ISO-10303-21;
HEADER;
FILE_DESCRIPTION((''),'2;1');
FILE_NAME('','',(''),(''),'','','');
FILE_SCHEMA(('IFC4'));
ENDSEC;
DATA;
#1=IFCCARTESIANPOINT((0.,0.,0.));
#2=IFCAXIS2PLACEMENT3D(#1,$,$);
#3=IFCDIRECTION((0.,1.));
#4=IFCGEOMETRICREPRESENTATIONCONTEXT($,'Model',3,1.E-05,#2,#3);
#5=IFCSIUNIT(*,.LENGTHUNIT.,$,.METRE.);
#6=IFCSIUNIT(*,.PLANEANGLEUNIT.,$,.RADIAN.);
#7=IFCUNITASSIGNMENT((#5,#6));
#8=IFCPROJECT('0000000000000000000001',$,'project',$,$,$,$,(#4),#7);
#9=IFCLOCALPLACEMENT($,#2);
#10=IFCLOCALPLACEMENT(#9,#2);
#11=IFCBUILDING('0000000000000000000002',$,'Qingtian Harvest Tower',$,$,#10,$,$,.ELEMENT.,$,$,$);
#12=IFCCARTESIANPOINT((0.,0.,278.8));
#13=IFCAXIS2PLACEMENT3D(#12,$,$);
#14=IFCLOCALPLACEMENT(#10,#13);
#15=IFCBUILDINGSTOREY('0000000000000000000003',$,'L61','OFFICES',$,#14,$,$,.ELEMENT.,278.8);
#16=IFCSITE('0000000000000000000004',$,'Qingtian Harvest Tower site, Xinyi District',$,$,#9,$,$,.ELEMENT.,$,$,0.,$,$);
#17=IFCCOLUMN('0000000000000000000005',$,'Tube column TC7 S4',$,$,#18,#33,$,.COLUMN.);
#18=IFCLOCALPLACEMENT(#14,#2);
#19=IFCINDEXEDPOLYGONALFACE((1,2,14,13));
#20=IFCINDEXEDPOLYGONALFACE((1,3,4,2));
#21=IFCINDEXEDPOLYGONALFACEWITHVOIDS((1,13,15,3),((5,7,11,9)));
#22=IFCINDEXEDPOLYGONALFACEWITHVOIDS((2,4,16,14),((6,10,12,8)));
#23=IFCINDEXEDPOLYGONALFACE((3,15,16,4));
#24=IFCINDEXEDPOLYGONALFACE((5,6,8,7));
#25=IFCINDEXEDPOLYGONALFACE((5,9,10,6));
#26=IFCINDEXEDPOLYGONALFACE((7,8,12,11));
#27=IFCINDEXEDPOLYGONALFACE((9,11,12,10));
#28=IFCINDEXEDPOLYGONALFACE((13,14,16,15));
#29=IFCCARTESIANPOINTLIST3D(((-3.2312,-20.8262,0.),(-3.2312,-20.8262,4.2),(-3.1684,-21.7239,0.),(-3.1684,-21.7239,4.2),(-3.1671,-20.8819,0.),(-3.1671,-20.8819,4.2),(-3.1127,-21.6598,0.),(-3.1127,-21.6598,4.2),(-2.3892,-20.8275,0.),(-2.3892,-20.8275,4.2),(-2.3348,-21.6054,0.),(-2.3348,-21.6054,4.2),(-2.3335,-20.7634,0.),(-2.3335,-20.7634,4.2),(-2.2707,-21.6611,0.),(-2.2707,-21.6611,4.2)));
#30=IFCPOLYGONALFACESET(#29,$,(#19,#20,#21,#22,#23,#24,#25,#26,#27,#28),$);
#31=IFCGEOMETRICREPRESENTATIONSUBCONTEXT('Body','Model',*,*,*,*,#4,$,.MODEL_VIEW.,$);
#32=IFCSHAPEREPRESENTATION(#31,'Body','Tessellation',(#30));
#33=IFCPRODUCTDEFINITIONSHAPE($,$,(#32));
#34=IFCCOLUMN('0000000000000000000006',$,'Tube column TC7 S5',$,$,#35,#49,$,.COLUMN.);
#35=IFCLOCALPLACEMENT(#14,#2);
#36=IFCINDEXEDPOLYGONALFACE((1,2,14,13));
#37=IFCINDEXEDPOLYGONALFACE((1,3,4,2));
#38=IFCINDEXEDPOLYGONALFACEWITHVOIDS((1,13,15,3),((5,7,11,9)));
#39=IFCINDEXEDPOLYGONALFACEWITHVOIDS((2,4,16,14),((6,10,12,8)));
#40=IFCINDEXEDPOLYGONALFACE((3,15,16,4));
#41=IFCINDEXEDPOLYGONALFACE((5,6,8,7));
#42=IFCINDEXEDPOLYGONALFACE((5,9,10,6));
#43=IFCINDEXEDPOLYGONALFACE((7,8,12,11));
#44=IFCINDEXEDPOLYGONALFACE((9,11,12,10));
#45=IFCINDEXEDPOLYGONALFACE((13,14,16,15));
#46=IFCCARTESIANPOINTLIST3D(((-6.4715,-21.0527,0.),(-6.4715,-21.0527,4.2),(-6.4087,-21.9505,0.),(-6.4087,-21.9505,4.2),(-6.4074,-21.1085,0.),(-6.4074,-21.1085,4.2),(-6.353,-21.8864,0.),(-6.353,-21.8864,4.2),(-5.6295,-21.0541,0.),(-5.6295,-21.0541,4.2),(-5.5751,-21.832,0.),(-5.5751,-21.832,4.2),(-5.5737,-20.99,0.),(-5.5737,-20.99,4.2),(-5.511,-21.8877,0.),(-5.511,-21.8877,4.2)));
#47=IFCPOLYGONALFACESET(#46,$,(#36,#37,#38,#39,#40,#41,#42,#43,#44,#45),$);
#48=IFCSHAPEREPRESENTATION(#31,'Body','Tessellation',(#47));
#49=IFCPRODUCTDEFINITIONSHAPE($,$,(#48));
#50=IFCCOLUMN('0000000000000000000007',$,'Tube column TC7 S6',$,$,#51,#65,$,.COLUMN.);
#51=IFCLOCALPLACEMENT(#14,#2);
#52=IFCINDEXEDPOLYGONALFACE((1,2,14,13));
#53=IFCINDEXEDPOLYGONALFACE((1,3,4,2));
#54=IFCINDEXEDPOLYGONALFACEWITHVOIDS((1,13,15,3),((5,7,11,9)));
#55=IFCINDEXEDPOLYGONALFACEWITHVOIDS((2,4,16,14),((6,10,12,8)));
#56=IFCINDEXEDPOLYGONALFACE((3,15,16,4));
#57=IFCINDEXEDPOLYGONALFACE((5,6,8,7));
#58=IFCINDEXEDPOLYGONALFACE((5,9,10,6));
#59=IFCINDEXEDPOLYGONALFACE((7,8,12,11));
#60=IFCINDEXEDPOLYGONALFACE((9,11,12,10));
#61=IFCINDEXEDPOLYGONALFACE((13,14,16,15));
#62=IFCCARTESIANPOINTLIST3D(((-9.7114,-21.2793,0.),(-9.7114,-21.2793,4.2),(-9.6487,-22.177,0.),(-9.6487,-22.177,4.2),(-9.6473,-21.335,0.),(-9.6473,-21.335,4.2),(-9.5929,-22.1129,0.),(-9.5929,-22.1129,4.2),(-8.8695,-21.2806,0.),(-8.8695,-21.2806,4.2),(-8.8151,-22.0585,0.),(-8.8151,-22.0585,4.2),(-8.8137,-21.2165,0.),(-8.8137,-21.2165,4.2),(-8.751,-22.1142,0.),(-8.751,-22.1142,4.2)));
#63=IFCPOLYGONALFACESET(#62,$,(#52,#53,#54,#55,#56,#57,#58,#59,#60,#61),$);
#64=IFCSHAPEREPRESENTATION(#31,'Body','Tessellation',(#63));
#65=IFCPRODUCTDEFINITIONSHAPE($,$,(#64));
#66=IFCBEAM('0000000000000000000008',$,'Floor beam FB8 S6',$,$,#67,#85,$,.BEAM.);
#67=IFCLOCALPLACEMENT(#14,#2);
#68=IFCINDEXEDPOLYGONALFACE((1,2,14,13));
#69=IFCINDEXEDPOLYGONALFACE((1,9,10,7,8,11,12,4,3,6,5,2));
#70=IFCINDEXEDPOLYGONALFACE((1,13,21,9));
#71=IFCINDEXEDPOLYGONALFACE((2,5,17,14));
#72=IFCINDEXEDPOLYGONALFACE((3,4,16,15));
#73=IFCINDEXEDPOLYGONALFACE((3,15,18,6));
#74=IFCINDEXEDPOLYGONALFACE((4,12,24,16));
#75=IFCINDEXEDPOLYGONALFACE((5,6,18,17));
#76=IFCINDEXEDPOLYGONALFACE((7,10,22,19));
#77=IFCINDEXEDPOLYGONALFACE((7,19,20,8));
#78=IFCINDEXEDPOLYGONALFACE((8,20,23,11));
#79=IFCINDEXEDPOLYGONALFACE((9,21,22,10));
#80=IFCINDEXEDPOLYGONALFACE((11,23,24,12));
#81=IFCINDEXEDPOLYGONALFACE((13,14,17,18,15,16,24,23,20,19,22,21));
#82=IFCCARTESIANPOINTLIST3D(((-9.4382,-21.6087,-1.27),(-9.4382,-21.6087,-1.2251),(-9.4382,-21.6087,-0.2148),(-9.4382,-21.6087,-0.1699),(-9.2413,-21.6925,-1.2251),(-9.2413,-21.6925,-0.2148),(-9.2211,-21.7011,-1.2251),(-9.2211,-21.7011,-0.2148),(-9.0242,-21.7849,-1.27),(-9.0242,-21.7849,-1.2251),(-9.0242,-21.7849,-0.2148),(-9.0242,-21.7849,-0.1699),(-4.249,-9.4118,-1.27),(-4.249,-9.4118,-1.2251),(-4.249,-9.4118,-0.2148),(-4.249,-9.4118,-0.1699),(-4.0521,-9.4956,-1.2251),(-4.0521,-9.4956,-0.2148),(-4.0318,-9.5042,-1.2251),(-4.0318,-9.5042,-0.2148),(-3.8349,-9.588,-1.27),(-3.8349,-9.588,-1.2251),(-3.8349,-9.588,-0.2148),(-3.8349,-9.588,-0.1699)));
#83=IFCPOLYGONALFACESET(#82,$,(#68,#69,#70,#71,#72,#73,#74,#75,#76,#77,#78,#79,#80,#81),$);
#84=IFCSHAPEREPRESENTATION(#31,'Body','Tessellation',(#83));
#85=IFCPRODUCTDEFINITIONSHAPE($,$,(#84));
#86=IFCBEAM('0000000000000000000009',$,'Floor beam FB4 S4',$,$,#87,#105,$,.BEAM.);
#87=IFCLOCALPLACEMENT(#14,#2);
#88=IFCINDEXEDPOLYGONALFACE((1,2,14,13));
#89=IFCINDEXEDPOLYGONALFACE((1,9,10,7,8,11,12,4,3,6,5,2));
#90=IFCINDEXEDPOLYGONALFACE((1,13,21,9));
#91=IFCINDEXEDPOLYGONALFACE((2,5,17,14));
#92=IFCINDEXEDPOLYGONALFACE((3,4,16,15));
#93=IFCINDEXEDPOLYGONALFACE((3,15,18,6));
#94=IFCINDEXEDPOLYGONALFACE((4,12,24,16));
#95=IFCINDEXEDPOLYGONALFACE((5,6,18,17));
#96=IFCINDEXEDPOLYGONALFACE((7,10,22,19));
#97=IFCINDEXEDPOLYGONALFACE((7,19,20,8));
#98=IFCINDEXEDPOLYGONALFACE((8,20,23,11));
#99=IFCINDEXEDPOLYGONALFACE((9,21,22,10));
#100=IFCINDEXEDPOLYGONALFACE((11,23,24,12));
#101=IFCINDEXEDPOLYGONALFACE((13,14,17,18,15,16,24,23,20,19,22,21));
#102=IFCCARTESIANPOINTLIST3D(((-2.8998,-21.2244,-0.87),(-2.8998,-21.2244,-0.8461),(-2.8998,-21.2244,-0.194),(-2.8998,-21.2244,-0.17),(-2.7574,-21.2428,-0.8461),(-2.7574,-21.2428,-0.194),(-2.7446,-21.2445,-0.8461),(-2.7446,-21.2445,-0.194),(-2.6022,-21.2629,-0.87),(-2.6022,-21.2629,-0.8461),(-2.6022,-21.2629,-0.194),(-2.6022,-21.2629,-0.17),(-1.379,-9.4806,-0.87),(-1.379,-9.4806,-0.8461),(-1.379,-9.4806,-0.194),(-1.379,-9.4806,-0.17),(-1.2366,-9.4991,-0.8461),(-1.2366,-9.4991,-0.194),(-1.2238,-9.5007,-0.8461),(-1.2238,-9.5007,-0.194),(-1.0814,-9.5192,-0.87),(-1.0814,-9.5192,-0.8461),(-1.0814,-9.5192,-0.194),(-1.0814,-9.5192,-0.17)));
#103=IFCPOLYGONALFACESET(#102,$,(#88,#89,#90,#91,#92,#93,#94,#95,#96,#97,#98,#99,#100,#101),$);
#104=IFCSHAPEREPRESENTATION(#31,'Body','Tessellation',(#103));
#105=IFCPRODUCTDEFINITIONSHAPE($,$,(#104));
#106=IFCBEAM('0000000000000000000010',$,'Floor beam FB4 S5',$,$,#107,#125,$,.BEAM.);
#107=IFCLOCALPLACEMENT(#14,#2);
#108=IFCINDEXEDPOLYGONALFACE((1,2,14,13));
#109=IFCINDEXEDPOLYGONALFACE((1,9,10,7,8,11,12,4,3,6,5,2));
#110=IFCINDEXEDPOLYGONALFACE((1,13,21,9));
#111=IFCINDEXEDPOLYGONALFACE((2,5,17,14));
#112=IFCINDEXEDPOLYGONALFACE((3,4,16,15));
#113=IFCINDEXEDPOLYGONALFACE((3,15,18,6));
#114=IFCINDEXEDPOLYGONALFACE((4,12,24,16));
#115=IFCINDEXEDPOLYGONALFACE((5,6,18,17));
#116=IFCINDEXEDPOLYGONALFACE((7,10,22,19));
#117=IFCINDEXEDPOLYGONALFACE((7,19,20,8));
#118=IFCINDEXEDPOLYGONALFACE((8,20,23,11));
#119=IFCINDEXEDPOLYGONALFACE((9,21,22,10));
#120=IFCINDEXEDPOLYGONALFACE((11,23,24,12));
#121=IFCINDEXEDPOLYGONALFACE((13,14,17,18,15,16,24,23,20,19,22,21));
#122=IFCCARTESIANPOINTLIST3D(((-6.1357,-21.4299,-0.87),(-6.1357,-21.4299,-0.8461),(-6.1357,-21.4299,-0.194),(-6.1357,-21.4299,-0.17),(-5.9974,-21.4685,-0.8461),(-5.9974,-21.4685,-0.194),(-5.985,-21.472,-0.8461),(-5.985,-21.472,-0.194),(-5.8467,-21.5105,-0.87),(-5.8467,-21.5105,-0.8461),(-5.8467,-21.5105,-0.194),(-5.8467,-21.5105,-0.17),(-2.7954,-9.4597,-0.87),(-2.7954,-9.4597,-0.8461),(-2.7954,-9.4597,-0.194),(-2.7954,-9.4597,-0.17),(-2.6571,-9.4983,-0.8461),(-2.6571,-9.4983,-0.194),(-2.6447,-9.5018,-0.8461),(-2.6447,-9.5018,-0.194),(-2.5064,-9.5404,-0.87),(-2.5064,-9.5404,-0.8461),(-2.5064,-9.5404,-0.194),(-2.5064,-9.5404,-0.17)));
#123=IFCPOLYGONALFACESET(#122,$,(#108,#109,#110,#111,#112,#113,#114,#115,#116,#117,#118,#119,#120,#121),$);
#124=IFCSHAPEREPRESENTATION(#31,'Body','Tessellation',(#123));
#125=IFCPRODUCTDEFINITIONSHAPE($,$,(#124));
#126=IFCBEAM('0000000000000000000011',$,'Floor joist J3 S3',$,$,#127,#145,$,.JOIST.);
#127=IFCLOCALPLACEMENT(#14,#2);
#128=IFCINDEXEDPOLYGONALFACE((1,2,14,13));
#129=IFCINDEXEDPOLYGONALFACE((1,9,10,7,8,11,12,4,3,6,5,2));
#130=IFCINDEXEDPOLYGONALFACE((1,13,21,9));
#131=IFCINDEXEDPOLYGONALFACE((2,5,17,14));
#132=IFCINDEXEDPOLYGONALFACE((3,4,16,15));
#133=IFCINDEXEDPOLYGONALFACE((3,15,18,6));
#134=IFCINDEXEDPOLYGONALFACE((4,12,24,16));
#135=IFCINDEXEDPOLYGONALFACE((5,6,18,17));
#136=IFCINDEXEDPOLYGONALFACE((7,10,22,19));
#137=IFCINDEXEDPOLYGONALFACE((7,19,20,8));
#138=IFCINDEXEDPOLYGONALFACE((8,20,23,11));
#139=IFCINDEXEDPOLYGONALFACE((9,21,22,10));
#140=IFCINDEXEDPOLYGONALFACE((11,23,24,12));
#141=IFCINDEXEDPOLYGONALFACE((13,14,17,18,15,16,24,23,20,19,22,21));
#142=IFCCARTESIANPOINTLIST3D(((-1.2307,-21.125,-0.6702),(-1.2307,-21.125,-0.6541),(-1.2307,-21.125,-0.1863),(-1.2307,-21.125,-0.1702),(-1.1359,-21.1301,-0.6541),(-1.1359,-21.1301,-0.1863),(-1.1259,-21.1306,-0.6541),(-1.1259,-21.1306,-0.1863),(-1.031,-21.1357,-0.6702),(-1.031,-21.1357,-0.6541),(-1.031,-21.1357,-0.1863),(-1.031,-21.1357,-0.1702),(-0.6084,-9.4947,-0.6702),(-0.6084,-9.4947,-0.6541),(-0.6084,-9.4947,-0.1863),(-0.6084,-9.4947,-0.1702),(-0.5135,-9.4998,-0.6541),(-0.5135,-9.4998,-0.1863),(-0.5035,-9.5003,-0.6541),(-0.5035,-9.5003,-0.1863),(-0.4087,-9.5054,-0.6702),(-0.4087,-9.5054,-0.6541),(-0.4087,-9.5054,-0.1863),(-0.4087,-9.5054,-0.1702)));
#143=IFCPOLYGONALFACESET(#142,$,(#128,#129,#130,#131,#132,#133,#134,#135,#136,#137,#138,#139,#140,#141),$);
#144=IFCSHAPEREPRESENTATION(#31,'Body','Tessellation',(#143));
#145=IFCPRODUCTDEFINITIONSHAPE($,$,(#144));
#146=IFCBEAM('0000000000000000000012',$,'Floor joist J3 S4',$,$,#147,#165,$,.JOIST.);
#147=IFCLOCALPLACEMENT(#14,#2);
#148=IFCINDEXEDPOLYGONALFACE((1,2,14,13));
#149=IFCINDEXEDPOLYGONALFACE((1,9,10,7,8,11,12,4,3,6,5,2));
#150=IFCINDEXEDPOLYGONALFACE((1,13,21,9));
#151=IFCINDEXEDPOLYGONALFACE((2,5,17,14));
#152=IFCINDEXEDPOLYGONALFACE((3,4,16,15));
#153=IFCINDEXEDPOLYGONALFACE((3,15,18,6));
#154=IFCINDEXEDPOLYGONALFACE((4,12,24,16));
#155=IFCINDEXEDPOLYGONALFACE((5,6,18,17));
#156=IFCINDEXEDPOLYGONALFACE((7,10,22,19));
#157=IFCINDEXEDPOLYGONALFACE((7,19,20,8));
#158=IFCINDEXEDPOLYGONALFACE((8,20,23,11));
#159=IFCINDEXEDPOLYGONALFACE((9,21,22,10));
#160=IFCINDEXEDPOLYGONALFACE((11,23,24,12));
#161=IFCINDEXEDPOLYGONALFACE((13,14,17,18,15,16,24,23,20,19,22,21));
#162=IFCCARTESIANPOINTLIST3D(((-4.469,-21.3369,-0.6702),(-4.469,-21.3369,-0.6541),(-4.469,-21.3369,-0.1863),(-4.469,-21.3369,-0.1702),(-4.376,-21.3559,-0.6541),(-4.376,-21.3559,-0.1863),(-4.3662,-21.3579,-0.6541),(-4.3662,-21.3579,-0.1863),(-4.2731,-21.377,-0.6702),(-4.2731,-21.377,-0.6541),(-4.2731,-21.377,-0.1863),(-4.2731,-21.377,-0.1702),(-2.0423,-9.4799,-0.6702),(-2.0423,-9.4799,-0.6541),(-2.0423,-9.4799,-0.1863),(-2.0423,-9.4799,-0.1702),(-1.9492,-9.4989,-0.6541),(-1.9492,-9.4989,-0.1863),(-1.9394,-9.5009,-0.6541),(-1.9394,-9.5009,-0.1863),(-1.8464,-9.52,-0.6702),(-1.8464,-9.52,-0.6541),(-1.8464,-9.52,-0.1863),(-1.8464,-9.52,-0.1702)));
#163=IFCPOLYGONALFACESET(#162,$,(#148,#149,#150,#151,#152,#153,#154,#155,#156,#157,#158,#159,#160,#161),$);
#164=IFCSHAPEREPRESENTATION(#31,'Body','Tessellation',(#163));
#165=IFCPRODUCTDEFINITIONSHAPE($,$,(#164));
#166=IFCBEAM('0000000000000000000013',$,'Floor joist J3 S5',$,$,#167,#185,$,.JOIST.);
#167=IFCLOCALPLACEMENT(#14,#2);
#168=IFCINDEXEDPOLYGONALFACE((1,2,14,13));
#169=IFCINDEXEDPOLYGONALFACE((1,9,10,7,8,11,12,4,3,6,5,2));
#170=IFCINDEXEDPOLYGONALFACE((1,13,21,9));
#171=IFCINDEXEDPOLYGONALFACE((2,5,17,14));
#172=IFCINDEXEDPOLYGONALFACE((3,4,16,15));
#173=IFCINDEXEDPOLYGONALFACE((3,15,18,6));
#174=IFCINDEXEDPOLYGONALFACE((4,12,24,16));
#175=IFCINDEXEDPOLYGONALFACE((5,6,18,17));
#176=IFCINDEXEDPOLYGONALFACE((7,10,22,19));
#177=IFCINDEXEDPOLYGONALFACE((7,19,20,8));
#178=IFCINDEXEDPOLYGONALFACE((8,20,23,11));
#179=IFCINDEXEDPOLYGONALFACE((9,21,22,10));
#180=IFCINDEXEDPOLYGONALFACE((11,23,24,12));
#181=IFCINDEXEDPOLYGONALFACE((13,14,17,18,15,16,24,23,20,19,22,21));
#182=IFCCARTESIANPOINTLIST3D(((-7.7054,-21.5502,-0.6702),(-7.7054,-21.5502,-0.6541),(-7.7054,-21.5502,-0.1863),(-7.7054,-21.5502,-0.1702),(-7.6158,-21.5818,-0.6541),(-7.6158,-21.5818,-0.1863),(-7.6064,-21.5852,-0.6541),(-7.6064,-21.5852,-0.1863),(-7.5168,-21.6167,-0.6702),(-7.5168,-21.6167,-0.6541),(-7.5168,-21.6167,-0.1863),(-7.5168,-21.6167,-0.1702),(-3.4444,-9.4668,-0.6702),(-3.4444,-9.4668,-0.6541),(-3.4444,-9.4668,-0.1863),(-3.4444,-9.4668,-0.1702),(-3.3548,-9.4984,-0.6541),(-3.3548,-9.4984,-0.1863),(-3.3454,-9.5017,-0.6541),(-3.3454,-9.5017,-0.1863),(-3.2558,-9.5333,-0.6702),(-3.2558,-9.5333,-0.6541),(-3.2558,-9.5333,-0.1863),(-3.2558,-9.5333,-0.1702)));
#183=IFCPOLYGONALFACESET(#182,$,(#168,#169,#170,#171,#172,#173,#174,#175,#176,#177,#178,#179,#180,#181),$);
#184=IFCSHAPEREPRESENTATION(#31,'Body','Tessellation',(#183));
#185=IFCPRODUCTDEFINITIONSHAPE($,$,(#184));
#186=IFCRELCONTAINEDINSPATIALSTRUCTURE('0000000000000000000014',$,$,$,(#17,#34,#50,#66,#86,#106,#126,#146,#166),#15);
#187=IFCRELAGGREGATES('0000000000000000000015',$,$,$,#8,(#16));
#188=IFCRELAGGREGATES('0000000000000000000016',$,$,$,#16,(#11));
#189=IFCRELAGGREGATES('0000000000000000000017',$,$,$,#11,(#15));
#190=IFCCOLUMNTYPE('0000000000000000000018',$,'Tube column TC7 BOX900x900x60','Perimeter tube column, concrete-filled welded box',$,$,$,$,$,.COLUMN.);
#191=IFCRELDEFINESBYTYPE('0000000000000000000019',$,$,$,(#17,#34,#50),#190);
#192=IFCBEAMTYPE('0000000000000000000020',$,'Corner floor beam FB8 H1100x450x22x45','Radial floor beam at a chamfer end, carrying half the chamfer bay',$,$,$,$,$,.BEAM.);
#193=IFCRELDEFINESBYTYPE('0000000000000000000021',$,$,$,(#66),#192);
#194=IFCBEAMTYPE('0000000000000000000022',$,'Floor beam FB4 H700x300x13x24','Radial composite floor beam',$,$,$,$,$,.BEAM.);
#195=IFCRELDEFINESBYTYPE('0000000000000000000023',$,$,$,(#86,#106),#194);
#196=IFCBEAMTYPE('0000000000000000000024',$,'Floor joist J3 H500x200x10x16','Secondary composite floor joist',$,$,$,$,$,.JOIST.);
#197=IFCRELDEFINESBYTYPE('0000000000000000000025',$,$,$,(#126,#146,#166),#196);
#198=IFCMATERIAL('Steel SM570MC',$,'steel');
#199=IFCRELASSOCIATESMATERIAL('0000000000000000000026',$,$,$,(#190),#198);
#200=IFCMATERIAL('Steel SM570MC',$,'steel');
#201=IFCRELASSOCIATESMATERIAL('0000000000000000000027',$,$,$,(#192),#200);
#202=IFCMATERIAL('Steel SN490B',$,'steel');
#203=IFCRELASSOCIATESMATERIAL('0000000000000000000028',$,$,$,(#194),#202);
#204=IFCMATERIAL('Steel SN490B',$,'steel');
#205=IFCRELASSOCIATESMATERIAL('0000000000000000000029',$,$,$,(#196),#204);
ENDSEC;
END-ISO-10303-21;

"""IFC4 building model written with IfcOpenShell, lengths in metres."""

from ifc_helpers import new_model, si_unit, direction, frame, origin, origin_2d, place, context, subcontext, project, spatial, hollow_rectangle, i_section, extrude, material, material_profile, profile_set, type_object, element, save


model = new_model("IFC4")

# Units and contexts
model_context = context("Model", 3, precision=1e-05, world=origin(), true_north=direction((0.0, 1.0)))
body_context = subcontext(model_context, "Body", "Model", "MODEL_VIEW")
ifc_project = project(units=[si_unit("LENGTHUNIT", "METRE"), si_unit("PLANEANGLEUNIT", "RADIAN")], contexts=[model_context])

# Site, building, storey
site_placement = place(None, origin())
site = spatial("IfcSite", under=ifc_project, at=site_placement, Name="Qingtian Harvest Tower site, Xinyi District", CompositionType="ELEMENT", RefElevation=0.0)
building_placement = place(site_placement, origin())
building = spatial("IfcBuilding", under=site, at=building_placement, Name="Qingtian Harvest Tower", CompositionType="ELEMENT")
storey_placement = place(building_placement, frame((0.0, 0.0, 278.8)))
storey = spatial("IfcBuildingStorey", under=building, at=storey_placement, Name="L61", Description="OFFICES", CompositionType="ELEMENT", Elevation=278.8)

# Columns
ifc_material_1 = material(Name="Steel SM570MC", Category="steel")
ifc_material_profile_1 = material_profile(ifc_material_1, hollow_rectangle(XDim=0.8999, YDim=0.8999, WallThickness=0.0601, at=origin_2d()), Name="BOX900x900x60")
ifc_profile_set_1 = profile_set([ifc_material_profile_1], Name="Steel SM570MC")
column_type = type_object("IfcColumnType", Name="Tube column TC7 BOX900x900x60", Description="Perimeter tube column, concrete-filled welded box", PredefinedType="COLUMN", material=ifc_profile_set_1)
for number, where, z_axis, x_axis, name in (
    (1, (-2.751, -21.2437, 0.0), (0.0, 0.0, 1.0), (0.997564, 0.069756, 0.0), "Tube column TC7 S4"),
    (2, (-5.9912, -21.4702, 0.0), (0.0, 0.0, 1.0), (0.997564, 0.069756, 0.0), "Tube column TC7 S5"),
    (3, (-9.2312, -21.6968, 0.0), (0.0, 0.0, 1.0), (0.997564, 0.069756, 0.0), "Tube column TC7 S6"),
):
    element("IfcColumn", number, at=place(storey_placement, frame(where, z_axis=z_axis, x_axis=x_axis)), inside=storey, type_object=column_type, Name=name, PredefinedType="COLUMN", context=body_context, shape_type="SweptSolid", body=[
        extrude(hollow_rectangle(XDim=0.8999, YDim=0.8999, WallThickness=0.0601, at=origin_2d()), origin(), (0.0, 0.0, 1.0), 4.2),
    ])

# Beams
ifc_material_2 = material(Name="Steel SM570MC", Category="steel")
ifc_material_profile_2 = material_profile(ifc_material_2, i_section(OverallWidth=0.45, OverallDepth=1.1001, WebThickness=0.022, FlangeThickness=0.0449, at=origin_2d()), Name="H1100x450x22x45")
ifc_profile_set_2 = profile_set([ifc_material_profile_2], Name="Steel SM570MC")
beam_type_1 = type_object("IfcBeamType", Name="Corner floor beam FB8 H1100x450x22x45", Description="Radial floor beam at a chamfer end, carrying half the chamfer bay", PredefinedType="BEAM", material=ifc_profile_set_2)
beam_1_placement = place(storey_placement, frame((-9.2312, -21.6968, -0.72), z_axis=(0.391497, 0.920179, 0.0), x_axis=(-0.920179, 0.391497, 0.0)))
element("IfcBeam", 4, at=beam_1_placement, inside=storey, type_object=beam_type_1, Name="Floor beam FB8 S6", PredefinedType="BEAM", context=body_context, shape_type="SweptSolid", body=[
    extrude(i_section(OverallWidth=0.45, OverallDepth=1.1001, WebThickness=0.022, FlangeThickness=0.0449, at=origin_2d()), origin(), (0.0, 0.0, 1.0), 13.2549),
])
ifc_material_3 = material(Name="Steel SN490B", Category="steel")
ifc_material_profile_3 = material_profile(ifc_material_3, i_section(OverallWidth=0.3, OverallDepth=0.7, WebThickness=0.0129, FlangeThickness=0.0239, at=origin_2d()), Name="H700x300x13x24")
ifc_profile_set_3 = profile_set([ifc_material_profile_3], Name="Steel SN490B")
beam_type_2 = type_object("IfcBeamType", Name="Floor beam FB4 H700x300x13x24", Description="Radial composite floor beam", PredefinedType="BEAM", material=ifc_profile_set_3)
beam_2_placement = place(storey_placement, frame((-2.751, -21.2437, -0.52), z_axis=(0.128423, 0.991719, 0.0), x_axis=(-0.991719, 0.128423, 0.0)))
element("IfcBeam", 5, at=beam_2_placement, inside=storey, type_object=beam_type_2, Name="Floor beam FB4 S4", PredefinedType="BEAM", context=body_context, shape_type="SweptSolid", body=[
    extrude(i_section(OverallWidth=0.3, OverallDepth=0.7, WebThickness=0.0129, FlangeThickness=0.0239, at=origin_2d()), origin(), (0.0, 0.0, 1.0), 11.8418),
])
beam_3_placement = place(storey_placement, frame((-5.9912, -21.4702, -0.52), z_axis=(0.268785, 0.9632, 0.0), x_axis=(-0.9632, 0.268785, 0.0)))
element("IfcBeam", 6, at=beam_3_placement, inside=storey, type_object=beam_type_2, Name="Floor beam FB4 S5", PredefinedType="BEAM", context=body_context, shape_type="SweptSolid", body=[
    extrude(i_section(OverallWidth=0.3, OverallDepth=0.7, WebThickness=0.0129, FlangeThickness=0.0239, at=origin_2d()), origin(), (0.0, 0.0, 1.0), 12.4275),
])
ifc_material_4 = material(Name="Steel SN490B", Category="steel")
ifc_material_profile_4 = material_profile(ifc_material_4, i_section(OverallWidth=0.2, OverallDepth=0.5, WebThickness=0.01, FlangeThickness=0.0161, at=origin_2d()), Name="H500x200x10x16")
ifc_profile_set_4 = profile_set([ifc_material_profile_4], Name="Steel SN490B")
beam_type_3 = type_object("IfcBeamType", Name="Floor joist J3 H500x200x10x16", Description="Secondary composite floor joist", PredefinedType="JOIST", material=ifc_profile_set_4)
beam_4_placement = place(storey_placement, frame((-1.1309, -21.1304, -0.4202), z_axis=(0.053431, 0.998572, 0.0), x_axis=(-0.998572, 0.053431, 0.0)))
element("IfcBeam", 7, at=beam_4_placement, inside=storey, type_object=beam_type_3, Name="Floor joist J3 S3", PredefinedType="JOIST", context=body_context, shape_type="SweptSolid", body=[
    extrude(i_section(OverallWidth=0.2, OverallDepth=0.5, WebThickness=0.01, FlangeThickness=0.0161, at=origin_2d()), origin(), (0.0, 0.0, 1.0), 11.647),
])
beam_5_placement = place(storey_placement, frame((-4.3711, -21.3569, -0.4202), z_axis=(0.200513, 0.979691, 0.0), x_axis=(-0.979691, 0.200513, 0.0)))
element("IfcBeam", 8, at=beam_5_placement, inside=storey, type_object=beam_type_3, Name="Floor joist J3 S4", PredefinedType="JOIST", context=body_context, shape_type="SweptSolid", body=[
    extrude(i_section(OverallWidth=0.2, OverallDepth=0.5, WebThickness=0.01, FlangeThickness=0.0161, at=origin_2d()), origin(), (0.0, 0.0, 1.0), 12.1028),
])
beam_6_placement = place(storey_placement, frame((-7.6111, -21.5835, -0.4202), z_axis=(0.332558, 0.943083, 0.0), x_axis=(-0.943083, 0.332558, 0.0)))
element("IfcBeam", 9, at=beam_6_placement, inside=storey, type_object=beam_type_3, Name="Floor joist J3 S5", PredefinedType="JOIST", context=body_context, shape_type="SweptSolid", body=[
    extrude(i_section(OverallWidth=0.2, OverallDepth=0.5, WebThickness=0.01, FlangeThickness=0.0161, at=origin_2d()), origin(), (0.0, 0.0, 1.0), 12.8127),
])

save(model, "model.ifc")
